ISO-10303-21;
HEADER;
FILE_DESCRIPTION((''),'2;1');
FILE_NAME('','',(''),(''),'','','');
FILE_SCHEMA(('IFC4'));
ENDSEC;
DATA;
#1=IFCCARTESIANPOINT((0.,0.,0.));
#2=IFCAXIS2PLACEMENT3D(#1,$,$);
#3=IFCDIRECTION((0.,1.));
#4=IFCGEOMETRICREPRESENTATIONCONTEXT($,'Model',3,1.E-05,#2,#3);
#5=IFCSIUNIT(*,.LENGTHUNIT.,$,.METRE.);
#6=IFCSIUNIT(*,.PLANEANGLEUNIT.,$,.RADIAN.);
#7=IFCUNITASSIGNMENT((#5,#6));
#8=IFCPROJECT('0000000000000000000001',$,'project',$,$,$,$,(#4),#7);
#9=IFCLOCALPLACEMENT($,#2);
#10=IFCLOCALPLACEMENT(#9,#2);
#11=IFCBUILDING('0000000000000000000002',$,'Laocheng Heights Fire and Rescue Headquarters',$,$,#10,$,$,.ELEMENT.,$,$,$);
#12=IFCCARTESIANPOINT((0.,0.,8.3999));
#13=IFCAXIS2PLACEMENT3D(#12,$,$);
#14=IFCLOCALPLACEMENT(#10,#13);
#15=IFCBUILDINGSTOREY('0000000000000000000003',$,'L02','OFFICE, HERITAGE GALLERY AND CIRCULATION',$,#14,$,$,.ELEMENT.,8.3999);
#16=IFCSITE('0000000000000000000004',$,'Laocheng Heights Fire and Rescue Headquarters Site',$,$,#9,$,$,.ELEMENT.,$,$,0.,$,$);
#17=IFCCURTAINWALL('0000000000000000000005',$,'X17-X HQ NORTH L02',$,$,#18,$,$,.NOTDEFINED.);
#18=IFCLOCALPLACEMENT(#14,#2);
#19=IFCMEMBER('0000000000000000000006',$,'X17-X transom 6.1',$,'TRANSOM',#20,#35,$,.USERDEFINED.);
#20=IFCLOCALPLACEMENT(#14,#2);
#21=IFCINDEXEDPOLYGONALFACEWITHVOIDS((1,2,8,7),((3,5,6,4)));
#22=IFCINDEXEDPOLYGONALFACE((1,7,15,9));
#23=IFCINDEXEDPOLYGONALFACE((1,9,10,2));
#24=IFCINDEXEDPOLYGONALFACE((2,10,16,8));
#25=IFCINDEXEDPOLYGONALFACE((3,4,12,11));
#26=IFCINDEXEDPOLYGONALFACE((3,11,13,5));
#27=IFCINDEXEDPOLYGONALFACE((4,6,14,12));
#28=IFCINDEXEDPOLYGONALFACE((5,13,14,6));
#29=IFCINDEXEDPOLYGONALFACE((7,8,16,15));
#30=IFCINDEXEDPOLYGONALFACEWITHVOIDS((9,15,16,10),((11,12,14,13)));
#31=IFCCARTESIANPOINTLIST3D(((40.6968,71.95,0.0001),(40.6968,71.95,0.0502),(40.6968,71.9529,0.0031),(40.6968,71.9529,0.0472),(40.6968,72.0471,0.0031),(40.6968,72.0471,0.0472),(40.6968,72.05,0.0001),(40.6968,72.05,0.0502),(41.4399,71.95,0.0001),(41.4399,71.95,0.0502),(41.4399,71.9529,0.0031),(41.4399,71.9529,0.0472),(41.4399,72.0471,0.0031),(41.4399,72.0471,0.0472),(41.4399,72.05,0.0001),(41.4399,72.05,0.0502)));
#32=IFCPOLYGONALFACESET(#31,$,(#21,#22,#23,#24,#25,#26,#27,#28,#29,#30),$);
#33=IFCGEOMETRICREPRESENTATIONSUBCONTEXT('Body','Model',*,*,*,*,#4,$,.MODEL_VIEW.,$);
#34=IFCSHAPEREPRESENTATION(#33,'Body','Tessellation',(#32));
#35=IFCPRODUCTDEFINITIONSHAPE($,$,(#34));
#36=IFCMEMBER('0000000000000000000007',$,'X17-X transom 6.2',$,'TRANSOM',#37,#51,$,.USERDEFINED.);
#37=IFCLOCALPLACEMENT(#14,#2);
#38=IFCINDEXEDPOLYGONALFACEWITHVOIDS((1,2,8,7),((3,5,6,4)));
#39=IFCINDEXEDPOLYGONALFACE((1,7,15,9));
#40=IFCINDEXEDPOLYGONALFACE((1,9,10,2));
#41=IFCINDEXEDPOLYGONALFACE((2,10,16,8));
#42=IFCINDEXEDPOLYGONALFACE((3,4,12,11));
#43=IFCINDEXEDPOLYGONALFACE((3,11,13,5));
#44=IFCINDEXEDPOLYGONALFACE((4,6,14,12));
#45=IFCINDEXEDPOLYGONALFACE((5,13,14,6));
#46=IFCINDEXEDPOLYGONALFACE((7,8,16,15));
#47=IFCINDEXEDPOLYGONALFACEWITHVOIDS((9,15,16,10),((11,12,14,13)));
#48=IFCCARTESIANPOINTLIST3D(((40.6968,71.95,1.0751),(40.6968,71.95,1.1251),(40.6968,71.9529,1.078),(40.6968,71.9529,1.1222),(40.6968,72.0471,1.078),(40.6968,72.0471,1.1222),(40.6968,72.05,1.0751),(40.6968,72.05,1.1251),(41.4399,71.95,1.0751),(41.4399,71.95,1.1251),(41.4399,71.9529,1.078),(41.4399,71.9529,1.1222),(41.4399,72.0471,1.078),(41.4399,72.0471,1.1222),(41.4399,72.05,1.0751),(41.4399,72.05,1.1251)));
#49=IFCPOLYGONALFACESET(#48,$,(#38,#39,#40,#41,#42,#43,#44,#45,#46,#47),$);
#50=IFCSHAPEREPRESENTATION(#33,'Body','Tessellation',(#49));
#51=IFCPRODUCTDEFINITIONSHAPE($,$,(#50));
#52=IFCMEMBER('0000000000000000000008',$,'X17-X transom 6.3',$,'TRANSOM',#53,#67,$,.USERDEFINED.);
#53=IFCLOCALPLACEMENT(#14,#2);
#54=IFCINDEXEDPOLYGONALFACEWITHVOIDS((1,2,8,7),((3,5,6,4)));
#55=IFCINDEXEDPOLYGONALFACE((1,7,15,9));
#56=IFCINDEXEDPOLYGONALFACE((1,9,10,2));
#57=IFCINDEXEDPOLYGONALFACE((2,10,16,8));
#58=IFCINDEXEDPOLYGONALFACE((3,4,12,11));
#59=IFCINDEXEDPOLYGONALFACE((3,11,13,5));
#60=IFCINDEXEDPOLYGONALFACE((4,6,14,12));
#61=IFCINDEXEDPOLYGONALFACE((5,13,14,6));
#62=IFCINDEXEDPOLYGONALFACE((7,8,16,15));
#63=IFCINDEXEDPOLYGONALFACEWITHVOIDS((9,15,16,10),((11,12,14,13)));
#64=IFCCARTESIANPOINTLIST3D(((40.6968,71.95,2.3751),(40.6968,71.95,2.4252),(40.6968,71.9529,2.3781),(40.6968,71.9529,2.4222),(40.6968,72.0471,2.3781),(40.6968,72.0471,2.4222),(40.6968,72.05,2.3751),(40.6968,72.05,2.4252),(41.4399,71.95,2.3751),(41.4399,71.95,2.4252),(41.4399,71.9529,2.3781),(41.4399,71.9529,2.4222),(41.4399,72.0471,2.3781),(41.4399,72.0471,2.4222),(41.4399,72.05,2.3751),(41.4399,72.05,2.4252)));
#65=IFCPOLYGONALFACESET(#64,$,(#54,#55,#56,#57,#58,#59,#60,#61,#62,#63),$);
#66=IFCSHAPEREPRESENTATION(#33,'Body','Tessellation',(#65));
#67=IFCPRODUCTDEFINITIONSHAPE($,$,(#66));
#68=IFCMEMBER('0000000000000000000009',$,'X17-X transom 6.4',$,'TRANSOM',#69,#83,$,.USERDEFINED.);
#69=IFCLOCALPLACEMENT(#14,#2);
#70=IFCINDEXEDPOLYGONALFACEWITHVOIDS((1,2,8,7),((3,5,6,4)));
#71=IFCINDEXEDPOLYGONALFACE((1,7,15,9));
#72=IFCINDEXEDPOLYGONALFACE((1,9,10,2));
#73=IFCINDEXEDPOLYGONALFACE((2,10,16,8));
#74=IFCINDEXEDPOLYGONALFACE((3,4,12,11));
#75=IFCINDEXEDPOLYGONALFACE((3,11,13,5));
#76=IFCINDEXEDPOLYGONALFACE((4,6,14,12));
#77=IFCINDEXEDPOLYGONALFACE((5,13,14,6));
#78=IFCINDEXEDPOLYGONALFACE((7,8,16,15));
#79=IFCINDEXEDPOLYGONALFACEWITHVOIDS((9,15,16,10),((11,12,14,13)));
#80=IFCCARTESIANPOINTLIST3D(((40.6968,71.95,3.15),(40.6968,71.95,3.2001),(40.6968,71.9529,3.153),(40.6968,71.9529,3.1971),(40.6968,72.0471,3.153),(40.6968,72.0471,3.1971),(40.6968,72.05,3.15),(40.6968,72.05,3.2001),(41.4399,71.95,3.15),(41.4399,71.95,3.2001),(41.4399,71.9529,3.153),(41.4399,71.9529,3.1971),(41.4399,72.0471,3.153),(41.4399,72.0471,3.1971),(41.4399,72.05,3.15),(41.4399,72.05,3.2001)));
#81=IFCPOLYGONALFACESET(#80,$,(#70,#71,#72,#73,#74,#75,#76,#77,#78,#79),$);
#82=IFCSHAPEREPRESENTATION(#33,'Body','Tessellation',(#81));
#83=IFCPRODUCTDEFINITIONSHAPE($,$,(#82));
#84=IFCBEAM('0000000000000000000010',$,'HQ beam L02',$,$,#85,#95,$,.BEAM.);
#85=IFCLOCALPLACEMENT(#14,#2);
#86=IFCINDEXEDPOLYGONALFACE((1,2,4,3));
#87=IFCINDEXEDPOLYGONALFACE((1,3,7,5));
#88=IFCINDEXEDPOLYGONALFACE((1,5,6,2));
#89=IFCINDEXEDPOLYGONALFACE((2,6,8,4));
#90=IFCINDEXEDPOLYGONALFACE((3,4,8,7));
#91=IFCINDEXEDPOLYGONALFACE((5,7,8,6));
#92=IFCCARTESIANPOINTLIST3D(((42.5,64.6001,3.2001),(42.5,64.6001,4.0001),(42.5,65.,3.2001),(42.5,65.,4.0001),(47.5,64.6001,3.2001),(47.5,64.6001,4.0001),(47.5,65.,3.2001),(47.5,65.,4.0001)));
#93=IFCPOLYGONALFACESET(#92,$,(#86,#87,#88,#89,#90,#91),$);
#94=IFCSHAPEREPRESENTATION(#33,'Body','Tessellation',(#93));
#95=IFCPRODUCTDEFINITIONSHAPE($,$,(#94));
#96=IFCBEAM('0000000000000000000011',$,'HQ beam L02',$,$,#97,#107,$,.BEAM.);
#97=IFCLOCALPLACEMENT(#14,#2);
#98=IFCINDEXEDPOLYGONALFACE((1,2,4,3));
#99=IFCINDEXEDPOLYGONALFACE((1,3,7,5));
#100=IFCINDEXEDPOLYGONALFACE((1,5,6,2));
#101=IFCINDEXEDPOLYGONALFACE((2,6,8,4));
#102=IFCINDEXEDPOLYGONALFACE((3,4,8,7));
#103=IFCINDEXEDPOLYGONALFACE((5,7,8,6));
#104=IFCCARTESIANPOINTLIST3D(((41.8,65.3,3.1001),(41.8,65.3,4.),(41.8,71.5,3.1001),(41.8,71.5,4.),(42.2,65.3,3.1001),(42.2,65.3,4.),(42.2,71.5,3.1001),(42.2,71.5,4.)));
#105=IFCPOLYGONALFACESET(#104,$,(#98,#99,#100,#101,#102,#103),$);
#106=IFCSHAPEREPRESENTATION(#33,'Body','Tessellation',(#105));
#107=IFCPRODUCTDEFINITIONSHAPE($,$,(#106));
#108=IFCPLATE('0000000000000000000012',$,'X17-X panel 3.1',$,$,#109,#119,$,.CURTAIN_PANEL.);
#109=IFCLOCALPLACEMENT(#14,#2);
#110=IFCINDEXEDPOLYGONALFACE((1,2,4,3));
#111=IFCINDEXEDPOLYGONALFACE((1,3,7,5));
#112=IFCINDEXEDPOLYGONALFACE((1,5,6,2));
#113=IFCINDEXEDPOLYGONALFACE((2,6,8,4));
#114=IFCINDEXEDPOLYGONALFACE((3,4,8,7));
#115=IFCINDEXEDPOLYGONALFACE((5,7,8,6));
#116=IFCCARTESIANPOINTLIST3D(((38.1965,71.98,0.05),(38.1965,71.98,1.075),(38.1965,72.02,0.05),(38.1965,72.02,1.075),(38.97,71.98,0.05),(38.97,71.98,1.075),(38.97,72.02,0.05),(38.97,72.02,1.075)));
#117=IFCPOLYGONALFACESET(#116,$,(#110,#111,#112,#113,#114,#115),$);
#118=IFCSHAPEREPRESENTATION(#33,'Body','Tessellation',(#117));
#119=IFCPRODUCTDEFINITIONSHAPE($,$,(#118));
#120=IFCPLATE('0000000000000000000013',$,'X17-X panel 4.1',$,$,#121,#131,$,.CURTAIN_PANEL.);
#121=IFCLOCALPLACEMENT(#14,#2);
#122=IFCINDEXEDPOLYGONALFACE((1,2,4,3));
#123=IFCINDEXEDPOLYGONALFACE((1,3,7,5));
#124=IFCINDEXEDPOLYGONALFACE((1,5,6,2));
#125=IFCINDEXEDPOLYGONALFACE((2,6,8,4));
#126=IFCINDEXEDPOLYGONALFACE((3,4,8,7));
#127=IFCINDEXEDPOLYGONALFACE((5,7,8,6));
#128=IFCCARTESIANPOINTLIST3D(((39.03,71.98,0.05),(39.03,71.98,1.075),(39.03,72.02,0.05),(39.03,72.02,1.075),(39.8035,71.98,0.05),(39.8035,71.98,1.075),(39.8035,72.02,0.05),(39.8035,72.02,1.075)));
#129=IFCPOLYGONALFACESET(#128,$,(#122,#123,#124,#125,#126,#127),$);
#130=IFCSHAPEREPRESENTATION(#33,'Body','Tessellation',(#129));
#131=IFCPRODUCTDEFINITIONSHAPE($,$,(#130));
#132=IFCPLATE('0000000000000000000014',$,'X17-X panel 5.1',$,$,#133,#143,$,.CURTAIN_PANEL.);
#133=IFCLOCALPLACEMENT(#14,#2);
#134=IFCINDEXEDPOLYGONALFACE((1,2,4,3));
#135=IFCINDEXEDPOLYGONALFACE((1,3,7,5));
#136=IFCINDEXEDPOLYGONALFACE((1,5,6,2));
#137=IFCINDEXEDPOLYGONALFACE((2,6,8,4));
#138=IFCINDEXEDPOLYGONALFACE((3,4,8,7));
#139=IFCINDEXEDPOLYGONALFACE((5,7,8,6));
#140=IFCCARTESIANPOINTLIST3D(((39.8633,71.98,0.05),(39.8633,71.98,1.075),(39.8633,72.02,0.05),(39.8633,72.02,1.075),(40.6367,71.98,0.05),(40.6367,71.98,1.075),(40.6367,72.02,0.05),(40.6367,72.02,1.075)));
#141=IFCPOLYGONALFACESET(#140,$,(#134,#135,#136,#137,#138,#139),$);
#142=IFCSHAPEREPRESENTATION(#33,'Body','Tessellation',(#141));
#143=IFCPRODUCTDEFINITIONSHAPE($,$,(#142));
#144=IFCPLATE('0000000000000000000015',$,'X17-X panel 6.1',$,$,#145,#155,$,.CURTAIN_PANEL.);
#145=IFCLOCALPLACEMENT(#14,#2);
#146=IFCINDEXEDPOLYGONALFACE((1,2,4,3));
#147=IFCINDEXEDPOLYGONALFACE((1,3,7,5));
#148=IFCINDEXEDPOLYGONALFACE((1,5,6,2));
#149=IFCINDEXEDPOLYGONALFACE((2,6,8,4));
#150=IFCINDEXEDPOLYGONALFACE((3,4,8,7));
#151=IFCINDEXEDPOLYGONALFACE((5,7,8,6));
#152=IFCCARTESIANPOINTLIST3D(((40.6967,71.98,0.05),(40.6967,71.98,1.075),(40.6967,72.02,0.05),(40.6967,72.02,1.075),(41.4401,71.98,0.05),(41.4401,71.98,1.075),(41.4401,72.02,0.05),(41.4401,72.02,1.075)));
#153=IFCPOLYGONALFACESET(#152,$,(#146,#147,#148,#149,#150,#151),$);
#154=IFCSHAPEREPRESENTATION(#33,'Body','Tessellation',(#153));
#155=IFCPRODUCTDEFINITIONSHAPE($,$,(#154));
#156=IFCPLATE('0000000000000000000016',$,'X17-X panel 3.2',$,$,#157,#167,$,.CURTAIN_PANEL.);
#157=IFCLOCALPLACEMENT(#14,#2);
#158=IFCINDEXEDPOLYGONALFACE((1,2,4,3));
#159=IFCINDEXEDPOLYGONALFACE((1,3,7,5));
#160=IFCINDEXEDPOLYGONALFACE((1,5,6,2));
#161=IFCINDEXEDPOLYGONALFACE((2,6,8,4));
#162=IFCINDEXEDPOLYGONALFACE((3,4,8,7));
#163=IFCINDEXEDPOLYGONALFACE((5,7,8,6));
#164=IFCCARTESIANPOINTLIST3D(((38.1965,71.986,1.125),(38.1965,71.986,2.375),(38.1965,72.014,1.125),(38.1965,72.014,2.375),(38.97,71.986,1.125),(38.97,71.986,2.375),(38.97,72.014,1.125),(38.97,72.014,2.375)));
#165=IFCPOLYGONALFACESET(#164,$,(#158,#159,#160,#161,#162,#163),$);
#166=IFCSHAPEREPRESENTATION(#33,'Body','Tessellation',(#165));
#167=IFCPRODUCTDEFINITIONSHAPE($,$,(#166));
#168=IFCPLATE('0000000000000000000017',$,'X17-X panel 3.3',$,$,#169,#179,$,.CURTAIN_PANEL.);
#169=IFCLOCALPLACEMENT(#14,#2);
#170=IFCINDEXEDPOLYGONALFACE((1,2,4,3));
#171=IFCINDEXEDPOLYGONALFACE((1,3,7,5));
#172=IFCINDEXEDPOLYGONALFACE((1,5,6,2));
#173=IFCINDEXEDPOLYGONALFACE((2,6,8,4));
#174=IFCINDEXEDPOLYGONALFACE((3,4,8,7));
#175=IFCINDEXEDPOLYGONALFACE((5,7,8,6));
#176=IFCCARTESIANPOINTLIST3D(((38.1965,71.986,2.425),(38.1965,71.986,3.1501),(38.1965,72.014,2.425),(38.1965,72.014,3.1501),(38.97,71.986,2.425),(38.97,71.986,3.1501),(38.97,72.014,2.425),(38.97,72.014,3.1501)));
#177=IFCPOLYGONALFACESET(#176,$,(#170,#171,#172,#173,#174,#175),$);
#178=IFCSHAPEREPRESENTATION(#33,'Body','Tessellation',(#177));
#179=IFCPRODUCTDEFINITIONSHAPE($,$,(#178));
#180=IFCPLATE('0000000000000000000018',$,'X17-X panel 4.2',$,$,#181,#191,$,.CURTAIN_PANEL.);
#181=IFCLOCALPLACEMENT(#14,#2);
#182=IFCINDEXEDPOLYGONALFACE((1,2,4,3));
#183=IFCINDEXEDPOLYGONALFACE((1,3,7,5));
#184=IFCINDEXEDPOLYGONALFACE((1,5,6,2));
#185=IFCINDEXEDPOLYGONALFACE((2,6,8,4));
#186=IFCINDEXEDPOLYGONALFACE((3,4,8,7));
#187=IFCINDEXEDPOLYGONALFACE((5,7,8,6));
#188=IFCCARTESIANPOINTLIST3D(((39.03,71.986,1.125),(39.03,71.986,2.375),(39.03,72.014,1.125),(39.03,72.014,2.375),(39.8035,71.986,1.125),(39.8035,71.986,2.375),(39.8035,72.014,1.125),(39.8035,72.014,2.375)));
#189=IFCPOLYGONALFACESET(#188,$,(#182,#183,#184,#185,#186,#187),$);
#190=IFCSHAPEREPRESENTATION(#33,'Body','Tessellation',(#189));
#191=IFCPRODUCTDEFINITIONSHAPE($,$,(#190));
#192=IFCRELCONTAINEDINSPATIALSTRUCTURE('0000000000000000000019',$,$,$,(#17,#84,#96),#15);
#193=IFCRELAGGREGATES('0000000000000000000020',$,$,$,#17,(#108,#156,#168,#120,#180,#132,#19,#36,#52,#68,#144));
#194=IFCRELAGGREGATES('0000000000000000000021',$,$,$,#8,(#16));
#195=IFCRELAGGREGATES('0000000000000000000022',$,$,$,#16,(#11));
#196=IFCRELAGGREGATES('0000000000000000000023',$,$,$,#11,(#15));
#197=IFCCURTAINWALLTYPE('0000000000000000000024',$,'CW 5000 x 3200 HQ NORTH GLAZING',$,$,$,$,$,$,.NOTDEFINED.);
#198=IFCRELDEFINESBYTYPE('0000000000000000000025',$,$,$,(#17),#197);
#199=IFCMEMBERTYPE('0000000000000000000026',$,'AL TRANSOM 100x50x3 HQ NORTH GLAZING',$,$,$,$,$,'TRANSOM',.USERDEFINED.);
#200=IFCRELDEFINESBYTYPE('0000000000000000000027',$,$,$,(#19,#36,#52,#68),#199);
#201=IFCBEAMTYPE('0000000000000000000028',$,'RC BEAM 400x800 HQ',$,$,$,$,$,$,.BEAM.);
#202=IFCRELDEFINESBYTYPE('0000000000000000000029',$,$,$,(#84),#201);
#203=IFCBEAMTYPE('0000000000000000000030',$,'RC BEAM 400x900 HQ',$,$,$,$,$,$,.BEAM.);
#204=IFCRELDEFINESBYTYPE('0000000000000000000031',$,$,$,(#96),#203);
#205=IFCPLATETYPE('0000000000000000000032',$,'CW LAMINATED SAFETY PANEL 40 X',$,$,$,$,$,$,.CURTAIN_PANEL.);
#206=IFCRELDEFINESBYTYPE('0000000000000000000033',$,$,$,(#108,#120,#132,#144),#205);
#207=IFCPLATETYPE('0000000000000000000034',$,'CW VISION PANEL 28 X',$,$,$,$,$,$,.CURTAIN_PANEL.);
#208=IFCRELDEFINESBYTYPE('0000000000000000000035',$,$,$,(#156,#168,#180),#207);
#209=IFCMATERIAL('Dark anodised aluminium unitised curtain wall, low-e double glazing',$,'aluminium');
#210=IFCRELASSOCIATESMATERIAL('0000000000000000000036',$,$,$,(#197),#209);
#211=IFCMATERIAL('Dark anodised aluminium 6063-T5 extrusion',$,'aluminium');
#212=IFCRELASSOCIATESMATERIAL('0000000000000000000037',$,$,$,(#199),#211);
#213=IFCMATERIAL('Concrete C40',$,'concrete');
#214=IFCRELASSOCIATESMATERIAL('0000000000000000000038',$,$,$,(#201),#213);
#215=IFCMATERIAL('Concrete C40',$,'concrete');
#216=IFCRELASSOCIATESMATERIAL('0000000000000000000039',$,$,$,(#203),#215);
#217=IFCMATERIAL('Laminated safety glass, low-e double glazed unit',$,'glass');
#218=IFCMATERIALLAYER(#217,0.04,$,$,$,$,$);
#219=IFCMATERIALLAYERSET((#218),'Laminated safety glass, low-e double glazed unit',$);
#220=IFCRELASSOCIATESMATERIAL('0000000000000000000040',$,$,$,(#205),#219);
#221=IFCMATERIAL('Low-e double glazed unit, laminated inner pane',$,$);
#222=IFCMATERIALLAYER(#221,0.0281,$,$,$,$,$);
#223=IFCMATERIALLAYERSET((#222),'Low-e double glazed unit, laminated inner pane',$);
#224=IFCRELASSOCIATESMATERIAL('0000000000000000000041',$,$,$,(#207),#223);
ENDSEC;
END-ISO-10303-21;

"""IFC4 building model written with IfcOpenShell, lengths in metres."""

from ifc_helpers import new_model, si_unit, direction, frame, origin, origin_2d, place, context, subcontext, project, spatial, rectangle, hollow_rectangle, extrude, material, layer, layer_set, material_profile, profile_set, type_object, element, aggregate, save


model = new_model("IFC4")

# Units and contexts
model_context = context("Model", 3, precision=1e-05, world=origin(), true_north=direction((0.0, 1.0)))
body_context = subcontext(model_context, "Body", "Model", "MODEL_VIEW")
ifc_project = project(units=[si_unit("LENGTHUNIT", "METRE"), si_unit("PLANEANGLEUNIT", "RADIAN")], contexts=[model_context])

# Site, building, storey
site_placement = place(None, origin())
site = spatial("IfcSite", under=ifc_project, at=site_placement, Name="Laocheng Heights Fire and Rescue Headquarters Site", CompositionType="ELEMENT", RefElevation=0.0)
building_placement = place(site_placement, origin())
building = spatial("IfcBuilding", under=site, at=building_placement, Name="Laocheng Heights Fire and Rescue Headquarters", CompositionType="ELEMENT")
storey_placement = place(building_placement, frame((0.0, 0.0, 8.3999)))
storey = spatial("IfcBuildingStorey", under=building, at=storey_placement, Name="L02", Description="OFFICE, HERITAGE GALLERY AND CIRCULATION", CompositionType="ELEMENT", Elevation=8.3999)

# Curtain wall, members
ifc_material_1 = material(Name="Dark anodised aluminium unitised curtain wall, low-e double glazing", Category="aluminium")
curtain_wall_type = type_object("IfcCurtainWallType", Name="CW 5000 x 3200 HQ NORTH GLAZING", PredefinedType="NOTDEFINED", material=ifc_material_1)
curtain_wall_placement = place(storey_placement, origin())
curtain_wall = element("IfcCurtainWall", 1, at=curtain_wall_placement, inside=storey, type_object=curtain_wall_type, Name="X17-X HQ NORTH L02", PredefinedType="NOTDEFINED")
ifc_material_2 = material(Name="Dark anodised aluminium 6063-T5 extrusion", Category="aluminium")
ifc_material_profile_1 = material_profile(ifc_material_2, hollow_rectangle(XDim=0.1001, YDim=0.05, WallThickness=0.0029, at=origin_2d()), Name="AL TRANSOM 100x50x3 HQ NORTH GLAZING")
ifc_profile_set_1 = profile_set([ifc_material_profile_1], Name="Dark anodised aluminium 6063-T5 extrusion")
member_type_1 = type_object("IfcMemberType", Name="AL TRANSOM 100x50x3 HQ NORTH GLAZING", ElementType="TRANSOM", PredefinedType="USERDEFINED", material=ifc_profile_set_1)
member_1_placement = place(storey_placement, frame((40.6968, 72.0, 0.0251), z_axis=(1.0, 0.0, 0.0), x_axis=(0.0, 1.0, 0.0)))
member_1 = element("IfcMember", 2, at=member_1_placement, type_object=member_type_1, Name="X17-X transom 6.1", ObjectType="TRANSOM", PredefinedType="USERDEFINED", context=body_context, shape_type="SweptSolid", body=[
    extrude(hollow_rectangle(XDim=0.1001, YDim=0.05, WallThickness=0.0029, at=origin_2d()), origin(), (0.0, 0.0, 1.0), 0.7432),
])
member_2_placement = place(storey_placement, frame((40.6968, 72.0, 1.1001), z_axis=(1.0, 0.0, 0.0), x_axis=(0.0, 1.0, 0.0)))
member_2 = element("IfcMember", 3, at=member_2_placement, type_object=member_type_1, Name="X17-X transom 6.2", ObjectType="TRANSOM", PredefinedType="USERDEFINED", context=body_context, shape_type="SweptSolid", body=[
    extrude(hollow_rectangle(XDim=0.1001, YDim=0.05, WallThickness=0.0029, at=origin_2d()), origin(), (0.0, 0.0, 1.0), 0.7432),
])
member_3_placement = place(storey_placement, frame((40.6968, 72.0, 2.4001), z_axis=(1.0, 0.0, 0.0), x_axis=(0.0, 1.0, 0.0)))
member_3 = element("IfcMember", 4, at=member_3_placement, type_object=member_type_1, Name="X17-X transom 6.3", ObjectType="TRANSOM", PredefinedType="USERDEFINED", context=body_context, shape_type="SweptSolid", body=[
    extrude(hollow_rectangle(XDim=0.1001, YDim=0.05, WallThickness=0.0029, at=origin_2d()), origin(), (0.0, 0.0, 1.0), 0.7432),
])
member_4_placement = place(storey_placement, frame((40.6968, 72.0, 3.175), z_axis=(1.0, 0.0, 0.0), x_axis=(0.0, 1.0, 0.0)))
member_4 = element("IfcMember", 5, at=member_4_placement, type_object=member_type_1, Name="X17-X transom 6.4", ObjectType="TRANSOM", PredefinedType="USERDEFINED", context=body_context, shape_type="SweptSolid", body=[
    extrude(hollow_rectangle(XDim=0.1001, YDim=0.05, WallThickness=0.0029, at=origin_2d()), origin(), (0.0, 0.0, 1.0), 0.7432),
])

# Beams
ifc_material_3 = material(Name="Concrete C40", Category="concrete")
ifc_material_profile_2 = material_profile(ifc_material_3, rectangle(XDim=0.3999, YDim=0.8, at=origin_2d()), Name="RC BEAM 400x800 HQ")
ifc_profile_set_2 = profile_set([ifc_material_profile_2], Name="Concrete C40")
beam_type_1 = type_object("IfcBeamType", Name="RC BEAM 400x800 HQ", PredefinedType="BEAM", material=ifc_profile_set_2)
beam_1_placement = place(storey_placement, frame((42.5, 64.8, 3.6001), z_axis=(1.0, 0.0, 0.0), x_axis=(0.0, 1.0, 0.0)))
element("IfcBeam", 6, at=beam_1_placement, inside=storey, type_object=beam_type_1, Name="HQ beam L02", PredefinedType="BEAM", context=body_context, shape_type="SweptSolid", body=[
    extrude(rectangle(XDim=0.3999, YDim=0.8, at=origin_2d()), origin(), (0.0, 0.0, 1.0), 5.0),
])
ifc_material_4 = material(Name="Concrete C40", Category="concrete")
ifc_material_profile_3 = material_profile(ifc_material_4, rectangle(XDim=0.3999, YDim=0.8999, at=origin_2d()), Name="RC BEAM 400x900 HQ")
ifc_profile_set_3 = profile_set([ifc_material_profile_3], Name="Concrete C40")
beam_type_2 = type_object("IfcBeamType", Name="RC BEAM 400x900 HQ", PredefinedType="BEAM", material=ifc_profile_set_3)
beam_2_placement = place(storey_placement, frame((42.0, 65.3, 3.55), z_axis=(0.0, 1.0, 0.0), x_axis=(-1.0, 0.0, 0.0)))
element("IfcBeam", 7, at=beam_2_placement, inside=storey, type_object=beam_type_2, Name="HQ beam L02", PredefinedType="BEAM", context=body_context, shape_type="SweptSolid", body=[
    extrude(rectangle(XDim=0.3999, YDim=0.8999, at=origin_2d()), origin(), (0.0, 0.0, 1.0), 6.2),
])

# Plates
ifc_material_5 = material(Name="Laminated safety glass, low-e double glazed unit", Category="glass")
ifc_layer_1 = layer(ifc_material_5, 0.04)
ifc_layer_set_1 = layer_set([ifc_layer_1], Name="Laminated safety glass, low-e double glazed unit")
plate_type_1 = type_object("IfcPlateType", Name="CW LAMINATED SAFETY PANEL 40 X", PredefinedType="CURTAIN_PANEL", material=ifc_layer_set_1)
plate_1_placement = place(storey_placement, frame((38.5833, 72.0, 0.05), z_axis=(0.0, 0.0, 1.0), x_axis=(1.0, 0.0, 0.0)))
plate_1 = element("IfcPlate", 8, at=plate_1_placement, type_object=plate_type_1, Name="X17-X panel 3.1", PredefinedType="CURTAIN_PANEL", context=body_context, shape_type="SweptSolid", body=[
    extrude(rectangle(XDim=0.7734, YDim=0.04, at=origin_2d()), origin(), (0.0, 0.0, 1.0), 1.0249),
])
plate_2_placement = place(storey_placement, frame((39.4167, 72.0, 0.05), z_axis=(0.0, 0.0, 1.0), x_axis=(1.0, 0.0, 0.0)))
plate_2 = element("IfcPlate", 9, at=plate_2_placement, type_object=plate_type_1, Name="X17-X panel 4.1", PredefinedType="CURTAIN_PANEL", context=body_context, shape_type="SweptSolid", body=[
    extrude(rectangle(XDim=0.7734, YDim=0.04, at=origin_2d()), origin(), (0.0, 0.0, 1.0), 1.0249),
])
plate_3_placement = place(storey_placement, frame((40.25, 72.0, 0.05), z_axis=(0.0, 0.0, 1.0), x_axis=(1.0, 0.0, 0.0)))
plate_3 = element("IfcPlate", 10, at=plate_3_placement, type_object=plate_type_1, Name="X17-X panel 5.1", PredefinedType="CURTAIN_PANEL", context=body_context, shape_type="SweptSolid", body=[
    extrude(rectangle(XDim=0.7734, YDim=0.04, at=origin_2d()), origin(), (0.0, 0.0, 1.0), 1.0249),
])
plate_4_placement = place(storey_placement, frame((41.0684, 72.0, 0.05), z_axis=(0.0, 0.0, 1.0), x_axis=(1.0, 0.0, 0.0)))
plate_4 = element("IfcPlate", 11, at=plate_4_placement, type_object=plate_type_1, Name="X17-X panel 6.1", PredefinedType="CURTAIN_PANEL", context=body_context, shape_type="SweptSolid", body=[
    extrude(rectangle(XDim=0.7434, YDim=0.04, at=origin_2d()), origin(), (0.0, 0.0, 1.0), 1.0249),
])
ifc_material_6 = material(Name="Low-e double glazed unit, laminated inner pane")
ifc_layer_2 = layer(ifc_material_6, 0.0281)
ifc_layer_set_2 = layer_set([ifc_layer_2], Name="Low-e double glazed unit, laminated inner pane")
plate_type_2 = type_object("IfcPlateType", Name="CW VISION PANEL 28 X", PredefinedType="CURTAIN_PANEL", material=ifc_layer_set_2)
plate_5_placement = place(storey_placement, frame((38.5833, 72.0, 1.125), z_axis=(0.0, 0.0, 1.0), x_axis=(1.0, 0.0, 0.0)))
plate_5 = element("IfcPlate", 12, at=plate_5_placement, type_object=plate_type_2, Name="X17-X panel 3.2", PredefinedType="CURTAIN_PANEL", context=body_context, shape_type="SweptSolid", body=[
    extrude(rectangle(XDim=0.7734, YDim=0.0281, at=origin_2d()), origin(), (0.0, 0.0, 1.0), 1.25),
])
plate_6_placement = place(storey_placement, frame((38.5833, 72.0, 2.425), z_axis=(0.0, 0.0, 1.0), x_axis=(1.0, 0.0, 0.0)))
plate_6 = element("IfcPlate", 13, at=plate_6_placement, type_object=plate_type_2, Name="X17-X panel 3.3", PredefinedType="CURTAIN_PANEL", context=body_context, shape_type="SweptSolid", body=[
    extrude(rectangle(XDim=0.7734, YDim=0.0281, at=origin_2d()), origin(), (0.0, 0.0, 1.0), 0.7251),
])
plate_7_placement = place(storey_placement, frame((39.4167, 72.0, 1.125), z_axis=(0.0, 0.0, 1.0), x_axis=(1.0, 0.0, 0.0)))
plate_7 = element("IfcPlate", 14, at=plate_7_placement, type_object=plate_type_2, Name="X17-X panel 4.2", PredefinedType="CURTAIN_PANEL", context=body_context, shape_type="SweptSolid", body=[
    extrude(rectangle(XDim=0.7734, YDim=0.0281, at=origin_2d()), origin(), (0.0, 0.0, 1.0), 1.25),
])
aggregate(curtain_wall, [plate_1, plate_5, plate_6, plate_2, plate_7, plate_3, member_1, member_2, member_3, member_4, plate_4])

save(model, "model.ifc")
